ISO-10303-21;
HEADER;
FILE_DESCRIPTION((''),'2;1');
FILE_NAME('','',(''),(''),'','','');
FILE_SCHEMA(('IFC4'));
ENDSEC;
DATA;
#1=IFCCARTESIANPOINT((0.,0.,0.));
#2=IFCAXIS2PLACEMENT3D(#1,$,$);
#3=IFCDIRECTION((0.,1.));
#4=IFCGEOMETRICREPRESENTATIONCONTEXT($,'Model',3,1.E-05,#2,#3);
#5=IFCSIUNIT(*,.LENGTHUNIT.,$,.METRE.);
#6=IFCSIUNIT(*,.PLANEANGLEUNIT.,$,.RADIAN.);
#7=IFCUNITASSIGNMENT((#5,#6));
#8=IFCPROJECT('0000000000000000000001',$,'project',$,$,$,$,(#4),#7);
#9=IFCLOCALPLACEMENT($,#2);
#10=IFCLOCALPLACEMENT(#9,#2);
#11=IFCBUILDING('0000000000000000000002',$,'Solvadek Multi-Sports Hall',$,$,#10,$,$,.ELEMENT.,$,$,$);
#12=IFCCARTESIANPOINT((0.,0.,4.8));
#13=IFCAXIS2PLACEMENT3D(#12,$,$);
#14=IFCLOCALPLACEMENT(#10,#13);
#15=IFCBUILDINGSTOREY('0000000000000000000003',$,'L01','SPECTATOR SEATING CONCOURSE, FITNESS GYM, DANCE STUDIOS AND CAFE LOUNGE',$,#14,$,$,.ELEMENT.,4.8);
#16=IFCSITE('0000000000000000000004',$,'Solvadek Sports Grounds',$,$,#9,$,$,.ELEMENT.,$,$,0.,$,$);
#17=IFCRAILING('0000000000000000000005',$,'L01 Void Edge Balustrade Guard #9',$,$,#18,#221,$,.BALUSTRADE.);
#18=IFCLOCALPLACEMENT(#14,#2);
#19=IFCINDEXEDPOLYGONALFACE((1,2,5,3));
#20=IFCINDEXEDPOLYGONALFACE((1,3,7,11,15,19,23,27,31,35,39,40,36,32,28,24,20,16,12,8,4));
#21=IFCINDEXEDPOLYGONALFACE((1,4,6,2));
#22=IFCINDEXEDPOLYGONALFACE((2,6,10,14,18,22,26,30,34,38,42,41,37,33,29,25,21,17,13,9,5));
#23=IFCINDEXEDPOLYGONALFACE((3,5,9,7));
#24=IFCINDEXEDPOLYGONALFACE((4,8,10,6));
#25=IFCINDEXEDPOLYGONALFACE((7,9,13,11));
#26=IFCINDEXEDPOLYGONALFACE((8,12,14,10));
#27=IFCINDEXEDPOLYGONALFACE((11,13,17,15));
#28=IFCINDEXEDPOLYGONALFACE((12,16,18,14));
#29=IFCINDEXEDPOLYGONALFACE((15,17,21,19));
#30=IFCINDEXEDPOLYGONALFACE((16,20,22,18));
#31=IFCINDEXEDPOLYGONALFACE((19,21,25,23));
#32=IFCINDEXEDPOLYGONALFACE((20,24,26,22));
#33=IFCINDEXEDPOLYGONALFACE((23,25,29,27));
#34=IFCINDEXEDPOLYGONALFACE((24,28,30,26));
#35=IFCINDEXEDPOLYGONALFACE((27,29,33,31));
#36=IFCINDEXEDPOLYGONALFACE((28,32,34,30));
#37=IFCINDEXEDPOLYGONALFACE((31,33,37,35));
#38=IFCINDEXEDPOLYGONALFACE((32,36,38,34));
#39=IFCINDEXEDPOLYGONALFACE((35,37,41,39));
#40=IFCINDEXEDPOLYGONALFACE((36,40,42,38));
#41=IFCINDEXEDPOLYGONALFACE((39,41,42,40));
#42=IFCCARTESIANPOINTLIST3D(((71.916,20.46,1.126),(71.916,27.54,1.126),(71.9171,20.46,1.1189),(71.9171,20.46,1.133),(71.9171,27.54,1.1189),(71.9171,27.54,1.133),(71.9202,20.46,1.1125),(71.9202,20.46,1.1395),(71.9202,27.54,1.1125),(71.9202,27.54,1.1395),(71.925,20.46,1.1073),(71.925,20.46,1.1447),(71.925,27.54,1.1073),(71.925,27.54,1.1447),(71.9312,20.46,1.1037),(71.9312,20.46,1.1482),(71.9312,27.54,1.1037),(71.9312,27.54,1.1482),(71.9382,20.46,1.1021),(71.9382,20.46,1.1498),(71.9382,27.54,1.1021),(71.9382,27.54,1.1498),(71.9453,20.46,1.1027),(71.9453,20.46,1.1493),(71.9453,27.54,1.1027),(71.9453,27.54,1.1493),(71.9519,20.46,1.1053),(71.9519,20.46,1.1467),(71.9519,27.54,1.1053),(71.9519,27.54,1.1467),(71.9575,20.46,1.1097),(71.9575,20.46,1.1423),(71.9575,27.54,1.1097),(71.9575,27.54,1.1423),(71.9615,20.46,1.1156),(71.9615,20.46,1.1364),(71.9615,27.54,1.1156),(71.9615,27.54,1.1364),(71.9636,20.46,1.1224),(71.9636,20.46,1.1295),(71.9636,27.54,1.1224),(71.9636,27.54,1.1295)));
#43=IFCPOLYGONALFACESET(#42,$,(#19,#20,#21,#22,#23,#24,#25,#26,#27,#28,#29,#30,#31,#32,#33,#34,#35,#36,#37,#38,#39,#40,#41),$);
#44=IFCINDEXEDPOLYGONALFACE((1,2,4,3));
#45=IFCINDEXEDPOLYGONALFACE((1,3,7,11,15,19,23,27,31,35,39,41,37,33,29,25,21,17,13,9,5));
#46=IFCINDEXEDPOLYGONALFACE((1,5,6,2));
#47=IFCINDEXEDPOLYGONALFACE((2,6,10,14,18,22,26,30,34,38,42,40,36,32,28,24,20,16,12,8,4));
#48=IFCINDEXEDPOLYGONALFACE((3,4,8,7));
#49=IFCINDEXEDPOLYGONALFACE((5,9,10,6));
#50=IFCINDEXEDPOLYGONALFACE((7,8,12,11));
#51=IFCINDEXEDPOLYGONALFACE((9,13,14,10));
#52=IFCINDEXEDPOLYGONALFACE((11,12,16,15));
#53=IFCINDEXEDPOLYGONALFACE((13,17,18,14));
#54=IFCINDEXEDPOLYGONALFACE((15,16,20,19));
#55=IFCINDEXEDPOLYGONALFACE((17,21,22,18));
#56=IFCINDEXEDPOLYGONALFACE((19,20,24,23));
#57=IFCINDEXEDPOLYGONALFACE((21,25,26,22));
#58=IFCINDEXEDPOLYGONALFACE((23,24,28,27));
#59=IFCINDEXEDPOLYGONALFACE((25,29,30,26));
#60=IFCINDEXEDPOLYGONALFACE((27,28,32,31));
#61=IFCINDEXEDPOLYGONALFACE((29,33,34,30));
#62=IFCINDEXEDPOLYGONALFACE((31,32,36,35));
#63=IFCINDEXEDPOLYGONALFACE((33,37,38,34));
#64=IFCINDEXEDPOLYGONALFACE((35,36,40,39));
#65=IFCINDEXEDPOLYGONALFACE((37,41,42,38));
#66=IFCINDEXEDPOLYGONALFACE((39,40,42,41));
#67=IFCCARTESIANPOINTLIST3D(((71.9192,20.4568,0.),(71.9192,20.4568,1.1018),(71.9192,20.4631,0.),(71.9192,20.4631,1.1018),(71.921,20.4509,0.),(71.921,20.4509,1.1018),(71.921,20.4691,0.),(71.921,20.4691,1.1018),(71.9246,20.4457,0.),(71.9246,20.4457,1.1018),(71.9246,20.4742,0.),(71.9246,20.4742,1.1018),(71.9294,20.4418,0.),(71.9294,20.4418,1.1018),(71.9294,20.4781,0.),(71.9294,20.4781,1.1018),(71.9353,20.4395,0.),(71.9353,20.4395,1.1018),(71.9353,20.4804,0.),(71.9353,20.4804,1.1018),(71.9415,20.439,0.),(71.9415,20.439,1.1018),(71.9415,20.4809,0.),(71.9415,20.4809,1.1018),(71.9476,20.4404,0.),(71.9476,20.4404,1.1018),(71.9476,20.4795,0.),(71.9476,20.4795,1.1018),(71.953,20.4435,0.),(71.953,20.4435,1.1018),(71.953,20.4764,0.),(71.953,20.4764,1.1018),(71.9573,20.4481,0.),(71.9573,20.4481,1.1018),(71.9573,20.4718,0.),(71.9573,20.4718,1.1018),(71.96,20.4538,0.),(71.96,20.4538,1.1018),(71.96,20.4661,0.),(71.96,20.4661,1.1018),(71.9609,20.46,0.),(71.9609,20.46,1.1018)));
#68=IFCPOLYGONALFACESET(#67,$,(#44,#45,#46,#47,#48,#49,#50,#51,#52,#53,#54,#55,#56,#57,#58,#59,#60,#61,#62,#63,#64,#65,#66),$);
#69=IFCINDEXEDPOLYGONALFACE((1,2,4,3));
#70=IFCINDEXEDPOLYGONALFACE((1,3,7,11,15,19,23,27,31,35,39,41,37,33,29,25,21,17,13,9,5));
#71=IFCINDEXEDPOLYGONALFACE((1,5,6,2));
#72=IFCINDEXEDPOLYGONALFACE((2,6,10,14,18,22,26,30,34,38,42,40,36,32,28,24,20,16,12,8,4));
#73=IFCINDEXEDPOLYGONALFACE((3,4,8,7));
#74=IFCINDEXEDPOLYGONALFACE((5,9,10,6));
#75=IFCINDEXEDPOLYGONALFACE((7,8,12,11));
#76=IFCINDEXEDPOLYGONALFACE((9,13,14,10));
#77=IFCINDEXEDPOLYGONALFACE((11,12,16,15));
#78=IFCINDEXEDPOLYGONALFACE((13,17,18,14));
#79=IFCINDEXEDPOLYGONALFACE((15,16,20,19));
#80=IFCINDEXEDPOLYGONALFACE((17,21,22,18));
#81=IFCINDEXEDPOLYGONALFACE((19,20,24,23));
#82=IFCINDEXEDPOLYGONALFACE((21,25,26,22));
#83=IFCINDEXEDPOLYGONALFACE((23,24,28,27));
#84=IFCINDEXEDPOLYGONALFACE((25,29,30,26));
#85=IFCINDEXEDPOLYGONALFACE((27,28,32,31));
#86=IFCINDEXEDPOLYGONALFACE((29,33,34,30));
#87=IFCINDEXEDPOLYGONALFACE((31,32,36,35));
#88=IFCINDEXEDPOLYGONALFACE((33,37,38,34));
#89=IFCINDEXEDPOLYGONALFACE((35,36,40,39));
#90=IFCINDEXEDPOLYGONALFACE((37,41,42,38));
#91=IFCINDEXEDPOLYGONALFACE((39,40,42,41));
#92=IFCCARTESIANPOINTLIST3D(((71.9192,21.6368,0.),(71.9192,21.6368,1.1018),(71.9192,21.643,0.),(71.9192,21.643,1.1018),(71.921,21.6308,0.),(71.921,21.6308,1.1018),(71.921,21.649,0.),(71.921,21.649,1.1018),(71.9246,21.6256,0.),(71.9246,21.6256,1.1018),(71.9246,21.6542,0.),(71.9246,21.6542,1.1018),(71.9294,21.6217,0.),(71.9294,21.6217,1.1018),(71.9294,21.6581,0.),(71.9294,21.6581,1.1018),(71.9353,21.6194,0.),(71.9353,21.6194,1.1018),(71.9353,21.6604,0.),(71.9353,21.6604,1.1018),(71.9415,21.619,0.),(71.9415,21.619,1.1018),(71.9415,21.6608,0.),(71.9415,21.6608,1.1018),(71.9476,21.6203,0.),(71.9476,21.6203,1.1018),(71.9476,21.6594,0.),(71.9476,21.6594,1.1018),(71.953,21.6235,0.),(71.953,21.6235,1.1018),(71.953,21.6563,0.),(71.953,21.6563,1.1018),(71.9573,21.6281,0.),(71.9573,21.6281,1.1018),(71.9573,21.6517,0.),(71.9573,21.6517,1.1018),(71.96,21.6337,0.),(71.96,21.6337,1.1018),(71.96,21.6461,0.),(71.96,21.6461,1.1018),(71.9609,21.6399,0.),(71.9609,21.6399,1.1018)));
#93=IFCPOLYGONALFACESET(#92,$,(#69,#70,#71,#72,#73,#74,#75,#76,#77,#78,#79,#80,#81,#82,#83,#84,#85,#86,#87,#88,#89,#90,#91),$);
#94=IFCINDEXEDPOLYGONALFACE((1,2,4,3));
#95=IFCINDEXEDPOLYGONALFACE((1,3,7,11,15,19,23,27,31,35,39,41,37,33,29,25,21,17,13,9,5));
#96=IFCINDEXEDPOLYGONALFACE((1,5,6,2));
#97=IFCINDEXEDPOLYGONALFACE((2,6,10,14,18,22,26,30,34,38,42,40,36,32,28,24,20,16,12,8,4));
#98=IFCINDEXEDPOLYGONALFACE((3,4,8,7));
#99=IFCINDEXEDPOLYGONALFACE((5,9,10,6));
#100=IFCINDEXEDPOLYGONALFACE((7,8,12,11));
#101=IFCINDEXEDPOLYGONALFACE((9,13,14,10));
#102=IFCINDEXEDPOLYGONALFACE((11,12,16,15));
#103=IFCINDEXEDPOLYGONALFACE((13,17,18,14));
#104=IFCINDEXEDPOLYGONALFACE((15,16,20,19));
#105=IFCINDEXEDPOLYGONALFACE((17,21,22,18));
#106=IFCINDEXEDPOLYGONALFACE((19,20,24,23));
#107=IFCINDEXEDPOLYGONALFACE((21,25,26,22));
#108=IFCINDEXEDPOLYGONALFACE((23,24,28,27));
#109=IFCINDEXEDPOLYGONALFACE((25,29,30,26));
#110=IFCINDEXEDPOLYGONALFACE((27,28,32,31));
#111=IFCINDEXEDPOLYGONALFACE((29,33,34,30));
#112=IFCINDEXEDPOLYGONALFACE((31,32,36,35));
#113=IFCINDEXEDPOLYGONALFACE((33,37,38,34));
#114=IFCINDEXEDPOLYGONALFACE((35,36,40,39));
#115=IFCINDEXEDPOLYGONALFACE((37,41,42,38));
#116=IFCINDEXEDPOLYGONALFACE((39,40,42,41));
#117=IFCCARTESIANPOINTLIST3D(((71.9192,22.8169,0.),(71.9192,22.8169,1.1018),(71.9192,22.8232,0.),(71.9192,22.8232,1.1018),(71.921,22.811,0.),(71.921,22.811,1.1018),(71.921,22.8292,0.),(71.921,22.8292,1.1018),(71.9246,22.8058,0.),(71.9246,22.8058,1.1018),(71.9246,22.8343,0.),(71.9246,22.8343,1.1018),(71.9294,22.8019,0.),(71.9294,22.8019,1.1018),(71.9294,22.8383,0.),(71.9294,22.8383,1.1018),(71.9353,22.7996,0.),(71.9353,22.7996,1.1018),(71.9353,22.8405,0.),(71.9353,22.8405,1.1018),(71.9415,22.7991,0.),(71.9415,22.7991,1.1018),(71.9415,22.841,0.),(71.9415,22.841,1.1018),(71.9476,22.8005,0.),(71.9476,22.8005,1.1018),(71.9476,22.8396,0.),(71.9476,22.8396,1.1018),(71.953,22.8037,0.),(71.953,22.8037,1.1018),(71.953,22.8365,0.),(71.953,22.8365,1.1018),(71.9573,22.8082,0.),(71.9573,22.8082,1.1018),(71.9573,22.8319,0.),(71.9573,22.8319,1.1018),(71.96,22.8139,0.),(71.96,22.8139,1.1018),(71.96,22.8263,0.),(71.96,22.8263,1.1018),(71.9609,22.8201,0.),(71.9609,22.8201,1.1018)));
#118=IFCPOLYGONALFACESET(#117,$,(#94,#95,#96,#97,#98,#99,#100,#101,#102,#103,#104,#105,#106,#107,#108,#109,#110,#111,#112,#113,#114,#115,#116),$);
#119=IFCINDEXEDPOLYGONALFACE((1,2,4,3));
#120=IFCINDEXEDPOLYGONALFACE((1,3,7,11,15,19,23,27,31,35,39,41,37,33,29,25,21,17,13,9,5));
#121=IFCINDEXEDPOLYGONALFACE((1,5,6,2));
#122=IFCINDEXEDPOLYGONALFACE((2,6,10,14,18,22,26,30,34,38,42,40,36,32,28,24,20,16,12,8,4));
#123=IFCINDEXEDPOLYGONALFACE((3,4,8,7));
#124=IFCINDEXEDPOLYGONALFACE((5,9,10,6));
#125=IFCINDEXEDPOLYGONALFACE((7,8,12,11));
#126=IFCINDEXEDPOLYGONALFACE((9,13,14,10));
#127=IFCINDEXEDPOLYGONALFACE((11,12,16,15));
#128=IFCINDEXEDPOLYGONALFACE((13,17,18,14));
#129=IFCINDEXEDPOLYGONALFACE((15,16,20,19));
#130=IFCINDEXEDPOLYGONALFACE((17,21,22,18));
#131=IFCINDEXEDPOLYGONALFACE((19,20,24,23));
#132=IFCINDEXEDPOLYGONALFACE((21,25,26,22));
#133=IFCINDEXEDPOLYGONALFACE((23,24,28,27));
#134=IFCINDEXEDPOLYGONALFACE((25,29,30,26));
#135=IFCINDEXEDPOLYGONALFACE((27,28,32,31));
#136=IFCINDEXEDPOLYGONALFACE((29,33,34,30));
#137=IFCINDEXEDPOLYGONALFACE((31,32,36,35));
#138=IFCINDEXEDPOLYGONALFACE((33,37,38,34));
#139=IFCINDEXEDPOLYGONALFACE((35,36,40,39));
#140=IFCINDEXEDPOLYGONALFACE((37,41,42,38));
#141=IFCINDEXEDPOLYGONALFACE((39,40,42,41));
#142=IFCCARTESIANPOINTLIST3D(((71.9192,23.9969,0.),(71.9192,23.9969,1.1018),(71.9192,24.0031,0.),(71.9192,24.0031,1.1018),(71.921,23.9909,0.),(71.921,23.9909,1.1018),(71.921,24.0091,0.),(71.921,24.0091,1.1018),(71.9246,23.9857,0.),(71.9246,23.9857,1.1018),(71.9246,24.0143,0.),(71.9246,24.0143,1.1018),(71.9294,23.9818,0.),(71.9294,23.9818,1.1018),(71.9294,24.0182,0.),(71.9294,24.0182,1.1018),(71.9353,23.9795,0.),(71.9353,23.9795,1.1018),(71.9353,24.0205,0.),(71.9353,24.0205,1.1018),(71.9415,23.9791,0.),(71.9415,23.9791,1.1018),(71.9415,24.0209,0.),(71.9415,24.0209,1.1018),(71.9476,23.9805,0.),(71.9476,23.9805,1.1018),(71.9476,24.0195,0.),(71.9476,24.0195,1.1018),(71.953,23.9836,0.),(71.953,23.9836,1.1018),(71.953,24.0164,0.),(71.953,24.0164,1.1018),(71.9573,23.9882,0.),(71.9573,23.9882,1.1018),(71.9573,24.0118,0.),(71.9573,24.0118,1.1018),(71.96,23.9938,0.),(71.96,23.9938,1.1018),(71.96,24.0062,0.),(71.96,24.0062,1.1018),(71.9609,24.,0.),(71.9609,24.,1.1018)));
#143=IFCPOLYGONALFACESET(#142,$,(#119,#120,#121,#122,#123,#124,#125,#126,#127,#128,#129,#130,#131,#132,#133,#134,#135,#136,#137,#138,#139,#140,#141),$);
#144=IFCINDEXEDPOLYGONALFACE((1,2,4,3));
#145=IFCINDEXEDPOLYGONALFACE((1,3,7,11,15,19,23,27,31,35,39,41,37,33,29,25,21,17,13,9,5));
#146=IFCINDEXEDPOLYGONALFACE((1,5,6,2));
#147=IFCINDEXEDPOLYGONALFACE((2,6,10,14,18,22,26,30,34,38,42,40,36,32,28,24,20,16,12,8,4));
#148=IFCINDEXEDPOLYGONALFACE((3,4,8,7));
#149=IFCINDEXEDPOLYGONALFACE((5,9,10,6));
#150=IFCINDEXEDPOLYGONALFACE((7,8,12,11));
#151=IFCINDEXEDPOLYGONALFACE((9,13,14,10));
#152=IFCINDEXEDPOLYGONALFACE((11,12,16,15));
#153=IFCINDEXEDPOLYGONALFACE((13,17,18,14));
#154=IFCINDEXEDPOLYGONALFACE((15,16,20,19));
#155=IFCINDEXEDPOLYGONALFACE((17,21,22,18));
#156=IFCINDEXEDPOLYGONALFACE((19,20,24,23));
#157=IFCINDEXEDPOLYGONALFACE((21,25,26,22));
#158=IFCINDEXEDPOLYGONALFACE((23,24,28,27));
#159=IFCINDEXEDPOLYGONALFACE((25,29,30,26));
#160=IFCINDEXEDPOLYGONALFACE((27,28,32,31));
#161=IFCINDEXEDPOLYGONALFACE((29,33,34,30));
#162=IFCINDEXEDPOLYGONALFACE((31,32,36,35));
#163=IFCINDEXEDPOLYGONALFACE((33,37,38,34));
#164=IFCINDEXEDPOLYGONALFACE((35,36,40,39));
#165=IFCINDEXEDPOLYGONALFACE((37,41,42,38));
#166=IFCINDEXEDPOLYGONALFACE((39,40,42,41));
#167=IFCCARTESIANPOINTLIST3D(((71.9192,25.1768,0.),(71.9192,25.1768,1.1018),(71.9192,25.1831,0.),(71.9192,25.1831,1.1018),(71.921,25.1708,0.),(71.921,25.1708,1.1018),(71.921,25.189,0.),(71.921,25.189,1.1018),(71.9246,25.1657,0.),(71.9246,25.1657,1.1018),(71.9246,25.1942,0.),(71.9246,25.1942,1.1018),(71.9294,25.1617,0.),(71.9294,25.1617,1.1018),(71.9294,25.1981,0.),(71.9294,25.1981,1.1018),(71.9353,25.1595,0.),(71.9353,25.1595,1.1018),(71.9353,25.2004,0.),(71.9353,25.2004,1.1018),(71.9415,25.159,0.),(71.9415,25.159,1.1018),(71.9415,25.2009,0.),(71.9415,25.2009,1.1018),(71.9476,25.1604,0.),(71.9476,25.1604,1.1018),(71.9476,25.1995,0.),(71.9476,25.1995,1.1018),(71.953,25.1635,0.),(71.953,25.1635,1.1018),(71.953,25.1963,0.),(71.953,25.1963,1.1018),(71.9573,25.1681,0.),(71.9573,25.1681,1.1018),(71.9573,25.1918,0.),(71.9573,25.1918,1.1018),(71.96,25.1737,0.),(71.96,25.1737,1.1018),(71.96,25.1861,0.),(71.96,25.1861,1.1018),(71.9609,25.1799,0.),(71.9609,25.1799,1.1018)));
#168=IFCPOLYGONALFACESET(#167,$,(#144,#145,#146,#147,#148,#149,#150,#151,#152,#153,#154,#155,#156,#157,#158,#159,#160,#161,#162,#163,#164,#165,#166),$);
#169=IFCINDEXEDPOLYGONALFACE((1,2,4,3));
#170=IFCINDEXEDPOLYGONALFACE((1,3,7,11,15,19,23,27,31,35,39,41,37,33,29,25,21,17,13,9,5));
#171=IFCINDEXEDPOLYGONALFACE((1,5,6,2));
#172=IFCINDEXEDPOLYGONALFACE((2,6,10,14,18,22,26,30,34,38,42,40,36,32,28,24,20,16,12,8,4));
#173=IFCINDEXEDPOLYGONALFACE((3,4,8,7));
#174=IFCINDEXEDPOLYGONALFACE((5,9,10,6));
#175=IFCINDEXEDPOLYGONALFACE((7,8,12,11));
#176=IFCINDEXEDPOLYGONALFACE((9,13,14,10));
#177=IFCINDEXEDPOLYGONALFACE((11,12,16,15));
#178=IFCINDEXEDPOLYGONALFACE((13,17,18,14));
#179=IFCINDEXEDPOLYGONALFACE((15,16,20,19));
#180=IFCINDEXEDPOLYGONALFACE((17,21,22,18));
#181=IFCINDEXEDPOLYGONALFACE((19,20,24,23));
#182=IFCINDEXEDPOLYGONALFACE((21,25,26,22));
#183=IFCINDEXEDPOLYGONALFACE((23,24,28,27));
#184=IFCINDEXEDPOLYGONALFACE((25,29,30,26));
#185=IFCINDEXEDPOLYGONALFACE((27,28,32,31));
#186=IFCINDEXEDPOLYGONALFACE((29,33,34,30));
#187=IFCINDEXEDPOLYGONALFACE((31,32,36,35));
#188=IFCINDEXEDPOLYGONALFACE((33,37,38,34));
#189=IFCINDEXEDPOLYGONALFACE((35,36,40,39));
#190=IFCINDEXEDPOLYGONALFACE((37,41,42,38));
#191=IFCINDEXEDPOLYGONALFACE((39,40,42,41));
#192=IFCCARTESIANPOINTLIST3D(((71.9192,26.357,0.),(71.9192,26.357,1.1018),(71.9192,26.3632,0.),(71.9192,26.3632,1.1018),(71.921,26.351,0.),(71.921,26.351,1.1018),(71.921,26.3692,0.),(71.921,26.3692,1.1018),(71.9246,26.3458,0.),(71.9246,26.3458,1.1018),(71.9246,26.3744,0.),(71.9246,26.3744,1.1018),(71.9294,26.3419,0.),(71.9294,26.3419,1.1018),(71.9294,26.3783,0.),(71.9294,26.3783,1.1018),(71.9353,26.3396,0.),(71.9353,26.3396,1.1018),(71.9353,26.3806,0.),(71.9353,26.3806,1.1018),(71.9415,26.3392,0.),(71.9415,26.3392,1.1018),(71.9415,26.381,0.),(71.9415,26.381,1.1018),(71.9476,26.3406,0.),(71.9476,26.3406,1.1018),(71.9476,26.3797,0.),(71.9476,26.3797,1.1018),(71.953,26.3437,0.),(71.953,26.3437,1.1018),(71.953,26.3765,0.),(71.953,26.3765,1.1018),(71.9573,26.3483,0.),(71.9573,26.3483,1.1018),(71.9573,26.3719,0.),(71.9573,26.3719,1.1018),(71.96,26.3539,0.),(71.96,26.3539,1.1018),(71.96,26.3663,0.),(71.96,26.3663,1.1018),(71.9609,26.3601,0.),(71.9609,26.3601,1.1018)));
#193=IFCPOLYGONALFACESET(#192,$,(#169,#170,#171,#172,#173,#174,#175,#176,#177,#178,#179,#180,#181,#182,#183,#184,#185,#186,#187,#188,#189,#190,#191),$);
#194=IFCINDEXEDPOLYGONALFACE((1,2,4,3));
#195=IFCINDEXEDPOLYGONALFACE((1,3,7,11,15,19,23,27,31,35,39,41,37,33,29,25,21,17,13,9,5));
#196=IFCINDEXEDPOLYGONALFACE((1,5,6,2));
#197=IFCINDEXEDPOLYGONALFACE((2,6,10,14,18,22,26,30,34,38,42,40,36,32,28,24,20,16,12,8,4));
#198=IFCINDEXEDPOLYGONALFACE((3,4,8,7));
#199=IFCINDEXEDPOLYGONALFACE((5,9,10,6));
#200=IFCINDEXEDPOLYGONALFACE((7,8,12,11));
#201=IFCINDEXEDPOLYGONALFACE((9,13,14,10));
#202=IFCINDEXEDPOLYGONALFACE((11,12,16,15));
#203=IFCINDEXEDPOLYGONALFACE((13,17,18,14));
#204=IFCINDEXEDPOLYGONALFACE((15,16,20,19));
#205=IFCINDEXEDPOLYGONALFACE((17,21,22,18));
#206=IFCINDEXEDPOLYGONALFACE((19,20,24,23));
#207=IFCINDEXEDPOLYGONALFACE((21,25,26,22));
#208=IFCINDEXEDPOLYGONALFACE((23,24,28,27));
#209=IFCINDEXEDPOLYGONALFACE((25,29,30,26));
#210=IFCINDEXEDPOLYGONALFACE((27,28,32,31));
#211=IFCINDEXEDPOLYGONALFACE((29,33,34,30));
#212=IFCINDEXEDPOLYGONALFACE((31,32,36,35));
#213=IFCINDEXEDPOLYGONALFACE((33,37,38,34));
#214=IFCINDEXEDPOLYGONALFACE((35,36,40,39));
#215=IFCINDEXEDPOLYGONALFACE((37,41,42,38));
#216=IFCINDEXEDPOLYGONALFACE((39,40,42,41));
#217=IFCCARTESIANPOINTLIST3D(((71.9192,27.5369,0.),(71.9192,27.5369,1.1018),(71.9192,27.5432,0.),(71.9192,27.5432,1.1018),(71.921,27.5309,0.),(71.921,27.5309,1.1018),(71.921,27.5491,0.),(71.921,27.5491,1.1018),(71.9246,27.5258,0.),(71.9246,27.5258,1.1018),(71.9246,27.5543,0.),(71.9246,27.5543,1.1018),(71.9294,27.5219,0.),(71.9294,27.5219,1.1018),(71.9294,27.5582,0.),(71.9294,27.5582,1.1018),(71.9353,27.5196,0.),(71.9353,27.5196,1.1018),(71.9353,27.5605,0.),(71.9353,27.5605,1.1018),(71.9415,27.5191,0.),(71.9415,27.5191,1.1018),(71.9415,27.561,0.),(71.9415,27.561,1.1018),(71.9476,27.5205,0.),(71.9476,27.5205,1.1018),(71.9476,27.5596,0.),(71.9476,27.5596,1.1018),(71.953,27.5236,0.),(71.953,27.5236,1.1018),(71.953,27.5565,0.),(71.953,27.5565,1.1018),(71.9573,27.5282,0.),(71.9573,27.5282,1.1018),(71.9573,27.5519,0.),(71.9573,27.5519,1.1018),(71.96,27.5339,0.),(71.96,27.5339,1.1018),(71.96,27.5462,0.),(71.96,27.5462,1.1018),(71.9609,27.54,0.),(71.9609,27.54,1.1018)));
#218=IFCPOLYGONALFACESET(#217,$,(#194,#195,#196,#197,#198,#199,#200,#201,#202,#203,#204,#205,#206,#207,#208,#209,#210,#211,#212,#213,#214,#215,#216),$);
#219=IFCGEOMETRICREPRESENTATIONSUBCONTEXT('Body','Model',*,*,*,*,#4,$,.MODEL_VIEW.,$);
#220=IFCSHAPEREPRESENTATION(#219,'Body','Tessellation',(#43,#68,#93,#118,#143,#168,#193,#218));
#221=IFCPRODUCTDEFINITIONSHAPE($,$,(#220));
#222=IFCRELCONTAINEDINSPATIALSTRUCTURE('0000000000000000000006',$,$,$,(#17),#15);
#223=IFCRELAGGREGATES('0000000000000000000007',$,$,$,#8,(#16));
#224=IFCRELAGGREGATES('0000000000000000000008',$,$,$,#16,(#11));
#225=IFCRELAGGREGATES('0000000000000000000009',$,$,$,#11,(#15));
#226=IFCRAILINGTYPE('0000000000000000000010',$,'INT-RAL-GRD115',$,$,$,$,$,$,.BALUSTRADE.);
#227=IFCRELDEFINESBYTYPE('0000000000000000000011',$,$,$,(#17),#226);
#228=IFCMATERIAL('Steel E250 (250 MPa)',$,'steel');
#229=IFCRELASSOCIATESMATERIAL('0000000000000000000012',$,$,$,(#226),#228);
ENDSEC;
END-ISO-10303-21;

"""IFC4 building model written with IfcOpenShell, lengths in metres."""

from ifc_helpers import new_model, si_unit, direction, frame, origin, origin_2d, place, context, subcontext, project, spatial, circle, extrude, material, type_object, element, save


model = new_model("IFC4")

# Units and contexts
model_context = context("Model", 3, precision=1e-05, world=origin(), true_north=direction((0.0, 1.0)))
body_context = subcontext(model_context, "Body", "Model", "MODEL_VIEW")
ifc_project = project(units=[si_unit("LENGTHUNIT", "METRE"), si_unit("PLANEANGLEUNIT", "RADIAN")], contexts=[model_context])

# Site, building, storey
site_placement = place(None, origin())
site = spatial("IfcSite", under=ifc_project, at=site_placement, Name="Solvadek Sports Grounds", CompositionType="ELEMENT", RefElevation=0.0)
building_placement = place(site_placement, origin())
building = spatial("IfcBuilding", under=site, at=building_placement, Name="Solvadek Multi-Sports Hall", CompositionType="ELEMENT")
storey_placement = place(building_placement, frame((0.0, 0.0, 4.8)))
storey = spatial("IfcBuildingStorey", under=building, at=storey_placement, Name="L01", Description="SPECTATOR SEATING CONCOURSE, FITNESS GYM, DANCE STUDIOS AND CAFE LOUNGE", CompositionType="ELEMENT", Elevation=4.8)

# Shared definitions
ifc_material_1 = material(Name="Steel E250 (250 MPa)", Category="steel")

# Railing
railing_type = type_object("IfcRailingType", Name="INT-RAL-GRD115", PredefinedType="BALUSTRADE", material=ifc_material_1)
railing_1_placement = place(storey_placement, frame((71.9399, 20.46, 0.0)))
element("IfcRailing", 1, at=railing_1_placement, inside=storey, type_object=railing_type, Name="L01 Void Edge Balustrade Guard #9", PredefinedType="BALUSTRADE", context=body_context, shape_type="SweptSolid", body=[
    extrude(circle(Radius=0.0239, at=origin_2d()), frame((0.0, 0.0, 1.126), z_axis=(0.0, 1.0, 0.0), x_axis=(-1.0, 0.0, 0.0)), (0.0, 0.0, 1.0), 7.0801),
    extrude(circle(Radius=0.021, at=origin_2d()), origin(), (0.0, 0.0, 1.0), 1.1018),
    extrude(circle(Radius=0.021, at=origin_2d()), frame((0.0, 1.1799, 0.0)), (0.0, 0.0, 1.0), 1.1018),
    extrude(circle(Radius=0.021, at=origin_2d()), frame((0.0, 2.3601, 0.0)), (0.0, 0.0, 1.0), 1.1018),
    extrude(circle(Radius=0.021, at=origin_2d()), frame((0.0, 3.54, 0.0)), (0.0, 0.0, 1.0), 1.1018),
    extrude(circle(Radius=0.021, at=origin_2d()), frame((0.0, 4.72, 0.0)), (0.0, 0.0, 1.0), 1.1018),
    extrude(circle(Radius=0.021, at=origin_2d()), frame((0.0, 5.9001, 0.0)), (0.0, 0.0, 1.0), 1.1018),
    extrude(circle(Radius=0.021, at=origin_2d()), frame((0.0, 7.0801, 0.0)), (0.0, 0.0, 1.0), 1.1018),
])

save(model, "model.ifc")
